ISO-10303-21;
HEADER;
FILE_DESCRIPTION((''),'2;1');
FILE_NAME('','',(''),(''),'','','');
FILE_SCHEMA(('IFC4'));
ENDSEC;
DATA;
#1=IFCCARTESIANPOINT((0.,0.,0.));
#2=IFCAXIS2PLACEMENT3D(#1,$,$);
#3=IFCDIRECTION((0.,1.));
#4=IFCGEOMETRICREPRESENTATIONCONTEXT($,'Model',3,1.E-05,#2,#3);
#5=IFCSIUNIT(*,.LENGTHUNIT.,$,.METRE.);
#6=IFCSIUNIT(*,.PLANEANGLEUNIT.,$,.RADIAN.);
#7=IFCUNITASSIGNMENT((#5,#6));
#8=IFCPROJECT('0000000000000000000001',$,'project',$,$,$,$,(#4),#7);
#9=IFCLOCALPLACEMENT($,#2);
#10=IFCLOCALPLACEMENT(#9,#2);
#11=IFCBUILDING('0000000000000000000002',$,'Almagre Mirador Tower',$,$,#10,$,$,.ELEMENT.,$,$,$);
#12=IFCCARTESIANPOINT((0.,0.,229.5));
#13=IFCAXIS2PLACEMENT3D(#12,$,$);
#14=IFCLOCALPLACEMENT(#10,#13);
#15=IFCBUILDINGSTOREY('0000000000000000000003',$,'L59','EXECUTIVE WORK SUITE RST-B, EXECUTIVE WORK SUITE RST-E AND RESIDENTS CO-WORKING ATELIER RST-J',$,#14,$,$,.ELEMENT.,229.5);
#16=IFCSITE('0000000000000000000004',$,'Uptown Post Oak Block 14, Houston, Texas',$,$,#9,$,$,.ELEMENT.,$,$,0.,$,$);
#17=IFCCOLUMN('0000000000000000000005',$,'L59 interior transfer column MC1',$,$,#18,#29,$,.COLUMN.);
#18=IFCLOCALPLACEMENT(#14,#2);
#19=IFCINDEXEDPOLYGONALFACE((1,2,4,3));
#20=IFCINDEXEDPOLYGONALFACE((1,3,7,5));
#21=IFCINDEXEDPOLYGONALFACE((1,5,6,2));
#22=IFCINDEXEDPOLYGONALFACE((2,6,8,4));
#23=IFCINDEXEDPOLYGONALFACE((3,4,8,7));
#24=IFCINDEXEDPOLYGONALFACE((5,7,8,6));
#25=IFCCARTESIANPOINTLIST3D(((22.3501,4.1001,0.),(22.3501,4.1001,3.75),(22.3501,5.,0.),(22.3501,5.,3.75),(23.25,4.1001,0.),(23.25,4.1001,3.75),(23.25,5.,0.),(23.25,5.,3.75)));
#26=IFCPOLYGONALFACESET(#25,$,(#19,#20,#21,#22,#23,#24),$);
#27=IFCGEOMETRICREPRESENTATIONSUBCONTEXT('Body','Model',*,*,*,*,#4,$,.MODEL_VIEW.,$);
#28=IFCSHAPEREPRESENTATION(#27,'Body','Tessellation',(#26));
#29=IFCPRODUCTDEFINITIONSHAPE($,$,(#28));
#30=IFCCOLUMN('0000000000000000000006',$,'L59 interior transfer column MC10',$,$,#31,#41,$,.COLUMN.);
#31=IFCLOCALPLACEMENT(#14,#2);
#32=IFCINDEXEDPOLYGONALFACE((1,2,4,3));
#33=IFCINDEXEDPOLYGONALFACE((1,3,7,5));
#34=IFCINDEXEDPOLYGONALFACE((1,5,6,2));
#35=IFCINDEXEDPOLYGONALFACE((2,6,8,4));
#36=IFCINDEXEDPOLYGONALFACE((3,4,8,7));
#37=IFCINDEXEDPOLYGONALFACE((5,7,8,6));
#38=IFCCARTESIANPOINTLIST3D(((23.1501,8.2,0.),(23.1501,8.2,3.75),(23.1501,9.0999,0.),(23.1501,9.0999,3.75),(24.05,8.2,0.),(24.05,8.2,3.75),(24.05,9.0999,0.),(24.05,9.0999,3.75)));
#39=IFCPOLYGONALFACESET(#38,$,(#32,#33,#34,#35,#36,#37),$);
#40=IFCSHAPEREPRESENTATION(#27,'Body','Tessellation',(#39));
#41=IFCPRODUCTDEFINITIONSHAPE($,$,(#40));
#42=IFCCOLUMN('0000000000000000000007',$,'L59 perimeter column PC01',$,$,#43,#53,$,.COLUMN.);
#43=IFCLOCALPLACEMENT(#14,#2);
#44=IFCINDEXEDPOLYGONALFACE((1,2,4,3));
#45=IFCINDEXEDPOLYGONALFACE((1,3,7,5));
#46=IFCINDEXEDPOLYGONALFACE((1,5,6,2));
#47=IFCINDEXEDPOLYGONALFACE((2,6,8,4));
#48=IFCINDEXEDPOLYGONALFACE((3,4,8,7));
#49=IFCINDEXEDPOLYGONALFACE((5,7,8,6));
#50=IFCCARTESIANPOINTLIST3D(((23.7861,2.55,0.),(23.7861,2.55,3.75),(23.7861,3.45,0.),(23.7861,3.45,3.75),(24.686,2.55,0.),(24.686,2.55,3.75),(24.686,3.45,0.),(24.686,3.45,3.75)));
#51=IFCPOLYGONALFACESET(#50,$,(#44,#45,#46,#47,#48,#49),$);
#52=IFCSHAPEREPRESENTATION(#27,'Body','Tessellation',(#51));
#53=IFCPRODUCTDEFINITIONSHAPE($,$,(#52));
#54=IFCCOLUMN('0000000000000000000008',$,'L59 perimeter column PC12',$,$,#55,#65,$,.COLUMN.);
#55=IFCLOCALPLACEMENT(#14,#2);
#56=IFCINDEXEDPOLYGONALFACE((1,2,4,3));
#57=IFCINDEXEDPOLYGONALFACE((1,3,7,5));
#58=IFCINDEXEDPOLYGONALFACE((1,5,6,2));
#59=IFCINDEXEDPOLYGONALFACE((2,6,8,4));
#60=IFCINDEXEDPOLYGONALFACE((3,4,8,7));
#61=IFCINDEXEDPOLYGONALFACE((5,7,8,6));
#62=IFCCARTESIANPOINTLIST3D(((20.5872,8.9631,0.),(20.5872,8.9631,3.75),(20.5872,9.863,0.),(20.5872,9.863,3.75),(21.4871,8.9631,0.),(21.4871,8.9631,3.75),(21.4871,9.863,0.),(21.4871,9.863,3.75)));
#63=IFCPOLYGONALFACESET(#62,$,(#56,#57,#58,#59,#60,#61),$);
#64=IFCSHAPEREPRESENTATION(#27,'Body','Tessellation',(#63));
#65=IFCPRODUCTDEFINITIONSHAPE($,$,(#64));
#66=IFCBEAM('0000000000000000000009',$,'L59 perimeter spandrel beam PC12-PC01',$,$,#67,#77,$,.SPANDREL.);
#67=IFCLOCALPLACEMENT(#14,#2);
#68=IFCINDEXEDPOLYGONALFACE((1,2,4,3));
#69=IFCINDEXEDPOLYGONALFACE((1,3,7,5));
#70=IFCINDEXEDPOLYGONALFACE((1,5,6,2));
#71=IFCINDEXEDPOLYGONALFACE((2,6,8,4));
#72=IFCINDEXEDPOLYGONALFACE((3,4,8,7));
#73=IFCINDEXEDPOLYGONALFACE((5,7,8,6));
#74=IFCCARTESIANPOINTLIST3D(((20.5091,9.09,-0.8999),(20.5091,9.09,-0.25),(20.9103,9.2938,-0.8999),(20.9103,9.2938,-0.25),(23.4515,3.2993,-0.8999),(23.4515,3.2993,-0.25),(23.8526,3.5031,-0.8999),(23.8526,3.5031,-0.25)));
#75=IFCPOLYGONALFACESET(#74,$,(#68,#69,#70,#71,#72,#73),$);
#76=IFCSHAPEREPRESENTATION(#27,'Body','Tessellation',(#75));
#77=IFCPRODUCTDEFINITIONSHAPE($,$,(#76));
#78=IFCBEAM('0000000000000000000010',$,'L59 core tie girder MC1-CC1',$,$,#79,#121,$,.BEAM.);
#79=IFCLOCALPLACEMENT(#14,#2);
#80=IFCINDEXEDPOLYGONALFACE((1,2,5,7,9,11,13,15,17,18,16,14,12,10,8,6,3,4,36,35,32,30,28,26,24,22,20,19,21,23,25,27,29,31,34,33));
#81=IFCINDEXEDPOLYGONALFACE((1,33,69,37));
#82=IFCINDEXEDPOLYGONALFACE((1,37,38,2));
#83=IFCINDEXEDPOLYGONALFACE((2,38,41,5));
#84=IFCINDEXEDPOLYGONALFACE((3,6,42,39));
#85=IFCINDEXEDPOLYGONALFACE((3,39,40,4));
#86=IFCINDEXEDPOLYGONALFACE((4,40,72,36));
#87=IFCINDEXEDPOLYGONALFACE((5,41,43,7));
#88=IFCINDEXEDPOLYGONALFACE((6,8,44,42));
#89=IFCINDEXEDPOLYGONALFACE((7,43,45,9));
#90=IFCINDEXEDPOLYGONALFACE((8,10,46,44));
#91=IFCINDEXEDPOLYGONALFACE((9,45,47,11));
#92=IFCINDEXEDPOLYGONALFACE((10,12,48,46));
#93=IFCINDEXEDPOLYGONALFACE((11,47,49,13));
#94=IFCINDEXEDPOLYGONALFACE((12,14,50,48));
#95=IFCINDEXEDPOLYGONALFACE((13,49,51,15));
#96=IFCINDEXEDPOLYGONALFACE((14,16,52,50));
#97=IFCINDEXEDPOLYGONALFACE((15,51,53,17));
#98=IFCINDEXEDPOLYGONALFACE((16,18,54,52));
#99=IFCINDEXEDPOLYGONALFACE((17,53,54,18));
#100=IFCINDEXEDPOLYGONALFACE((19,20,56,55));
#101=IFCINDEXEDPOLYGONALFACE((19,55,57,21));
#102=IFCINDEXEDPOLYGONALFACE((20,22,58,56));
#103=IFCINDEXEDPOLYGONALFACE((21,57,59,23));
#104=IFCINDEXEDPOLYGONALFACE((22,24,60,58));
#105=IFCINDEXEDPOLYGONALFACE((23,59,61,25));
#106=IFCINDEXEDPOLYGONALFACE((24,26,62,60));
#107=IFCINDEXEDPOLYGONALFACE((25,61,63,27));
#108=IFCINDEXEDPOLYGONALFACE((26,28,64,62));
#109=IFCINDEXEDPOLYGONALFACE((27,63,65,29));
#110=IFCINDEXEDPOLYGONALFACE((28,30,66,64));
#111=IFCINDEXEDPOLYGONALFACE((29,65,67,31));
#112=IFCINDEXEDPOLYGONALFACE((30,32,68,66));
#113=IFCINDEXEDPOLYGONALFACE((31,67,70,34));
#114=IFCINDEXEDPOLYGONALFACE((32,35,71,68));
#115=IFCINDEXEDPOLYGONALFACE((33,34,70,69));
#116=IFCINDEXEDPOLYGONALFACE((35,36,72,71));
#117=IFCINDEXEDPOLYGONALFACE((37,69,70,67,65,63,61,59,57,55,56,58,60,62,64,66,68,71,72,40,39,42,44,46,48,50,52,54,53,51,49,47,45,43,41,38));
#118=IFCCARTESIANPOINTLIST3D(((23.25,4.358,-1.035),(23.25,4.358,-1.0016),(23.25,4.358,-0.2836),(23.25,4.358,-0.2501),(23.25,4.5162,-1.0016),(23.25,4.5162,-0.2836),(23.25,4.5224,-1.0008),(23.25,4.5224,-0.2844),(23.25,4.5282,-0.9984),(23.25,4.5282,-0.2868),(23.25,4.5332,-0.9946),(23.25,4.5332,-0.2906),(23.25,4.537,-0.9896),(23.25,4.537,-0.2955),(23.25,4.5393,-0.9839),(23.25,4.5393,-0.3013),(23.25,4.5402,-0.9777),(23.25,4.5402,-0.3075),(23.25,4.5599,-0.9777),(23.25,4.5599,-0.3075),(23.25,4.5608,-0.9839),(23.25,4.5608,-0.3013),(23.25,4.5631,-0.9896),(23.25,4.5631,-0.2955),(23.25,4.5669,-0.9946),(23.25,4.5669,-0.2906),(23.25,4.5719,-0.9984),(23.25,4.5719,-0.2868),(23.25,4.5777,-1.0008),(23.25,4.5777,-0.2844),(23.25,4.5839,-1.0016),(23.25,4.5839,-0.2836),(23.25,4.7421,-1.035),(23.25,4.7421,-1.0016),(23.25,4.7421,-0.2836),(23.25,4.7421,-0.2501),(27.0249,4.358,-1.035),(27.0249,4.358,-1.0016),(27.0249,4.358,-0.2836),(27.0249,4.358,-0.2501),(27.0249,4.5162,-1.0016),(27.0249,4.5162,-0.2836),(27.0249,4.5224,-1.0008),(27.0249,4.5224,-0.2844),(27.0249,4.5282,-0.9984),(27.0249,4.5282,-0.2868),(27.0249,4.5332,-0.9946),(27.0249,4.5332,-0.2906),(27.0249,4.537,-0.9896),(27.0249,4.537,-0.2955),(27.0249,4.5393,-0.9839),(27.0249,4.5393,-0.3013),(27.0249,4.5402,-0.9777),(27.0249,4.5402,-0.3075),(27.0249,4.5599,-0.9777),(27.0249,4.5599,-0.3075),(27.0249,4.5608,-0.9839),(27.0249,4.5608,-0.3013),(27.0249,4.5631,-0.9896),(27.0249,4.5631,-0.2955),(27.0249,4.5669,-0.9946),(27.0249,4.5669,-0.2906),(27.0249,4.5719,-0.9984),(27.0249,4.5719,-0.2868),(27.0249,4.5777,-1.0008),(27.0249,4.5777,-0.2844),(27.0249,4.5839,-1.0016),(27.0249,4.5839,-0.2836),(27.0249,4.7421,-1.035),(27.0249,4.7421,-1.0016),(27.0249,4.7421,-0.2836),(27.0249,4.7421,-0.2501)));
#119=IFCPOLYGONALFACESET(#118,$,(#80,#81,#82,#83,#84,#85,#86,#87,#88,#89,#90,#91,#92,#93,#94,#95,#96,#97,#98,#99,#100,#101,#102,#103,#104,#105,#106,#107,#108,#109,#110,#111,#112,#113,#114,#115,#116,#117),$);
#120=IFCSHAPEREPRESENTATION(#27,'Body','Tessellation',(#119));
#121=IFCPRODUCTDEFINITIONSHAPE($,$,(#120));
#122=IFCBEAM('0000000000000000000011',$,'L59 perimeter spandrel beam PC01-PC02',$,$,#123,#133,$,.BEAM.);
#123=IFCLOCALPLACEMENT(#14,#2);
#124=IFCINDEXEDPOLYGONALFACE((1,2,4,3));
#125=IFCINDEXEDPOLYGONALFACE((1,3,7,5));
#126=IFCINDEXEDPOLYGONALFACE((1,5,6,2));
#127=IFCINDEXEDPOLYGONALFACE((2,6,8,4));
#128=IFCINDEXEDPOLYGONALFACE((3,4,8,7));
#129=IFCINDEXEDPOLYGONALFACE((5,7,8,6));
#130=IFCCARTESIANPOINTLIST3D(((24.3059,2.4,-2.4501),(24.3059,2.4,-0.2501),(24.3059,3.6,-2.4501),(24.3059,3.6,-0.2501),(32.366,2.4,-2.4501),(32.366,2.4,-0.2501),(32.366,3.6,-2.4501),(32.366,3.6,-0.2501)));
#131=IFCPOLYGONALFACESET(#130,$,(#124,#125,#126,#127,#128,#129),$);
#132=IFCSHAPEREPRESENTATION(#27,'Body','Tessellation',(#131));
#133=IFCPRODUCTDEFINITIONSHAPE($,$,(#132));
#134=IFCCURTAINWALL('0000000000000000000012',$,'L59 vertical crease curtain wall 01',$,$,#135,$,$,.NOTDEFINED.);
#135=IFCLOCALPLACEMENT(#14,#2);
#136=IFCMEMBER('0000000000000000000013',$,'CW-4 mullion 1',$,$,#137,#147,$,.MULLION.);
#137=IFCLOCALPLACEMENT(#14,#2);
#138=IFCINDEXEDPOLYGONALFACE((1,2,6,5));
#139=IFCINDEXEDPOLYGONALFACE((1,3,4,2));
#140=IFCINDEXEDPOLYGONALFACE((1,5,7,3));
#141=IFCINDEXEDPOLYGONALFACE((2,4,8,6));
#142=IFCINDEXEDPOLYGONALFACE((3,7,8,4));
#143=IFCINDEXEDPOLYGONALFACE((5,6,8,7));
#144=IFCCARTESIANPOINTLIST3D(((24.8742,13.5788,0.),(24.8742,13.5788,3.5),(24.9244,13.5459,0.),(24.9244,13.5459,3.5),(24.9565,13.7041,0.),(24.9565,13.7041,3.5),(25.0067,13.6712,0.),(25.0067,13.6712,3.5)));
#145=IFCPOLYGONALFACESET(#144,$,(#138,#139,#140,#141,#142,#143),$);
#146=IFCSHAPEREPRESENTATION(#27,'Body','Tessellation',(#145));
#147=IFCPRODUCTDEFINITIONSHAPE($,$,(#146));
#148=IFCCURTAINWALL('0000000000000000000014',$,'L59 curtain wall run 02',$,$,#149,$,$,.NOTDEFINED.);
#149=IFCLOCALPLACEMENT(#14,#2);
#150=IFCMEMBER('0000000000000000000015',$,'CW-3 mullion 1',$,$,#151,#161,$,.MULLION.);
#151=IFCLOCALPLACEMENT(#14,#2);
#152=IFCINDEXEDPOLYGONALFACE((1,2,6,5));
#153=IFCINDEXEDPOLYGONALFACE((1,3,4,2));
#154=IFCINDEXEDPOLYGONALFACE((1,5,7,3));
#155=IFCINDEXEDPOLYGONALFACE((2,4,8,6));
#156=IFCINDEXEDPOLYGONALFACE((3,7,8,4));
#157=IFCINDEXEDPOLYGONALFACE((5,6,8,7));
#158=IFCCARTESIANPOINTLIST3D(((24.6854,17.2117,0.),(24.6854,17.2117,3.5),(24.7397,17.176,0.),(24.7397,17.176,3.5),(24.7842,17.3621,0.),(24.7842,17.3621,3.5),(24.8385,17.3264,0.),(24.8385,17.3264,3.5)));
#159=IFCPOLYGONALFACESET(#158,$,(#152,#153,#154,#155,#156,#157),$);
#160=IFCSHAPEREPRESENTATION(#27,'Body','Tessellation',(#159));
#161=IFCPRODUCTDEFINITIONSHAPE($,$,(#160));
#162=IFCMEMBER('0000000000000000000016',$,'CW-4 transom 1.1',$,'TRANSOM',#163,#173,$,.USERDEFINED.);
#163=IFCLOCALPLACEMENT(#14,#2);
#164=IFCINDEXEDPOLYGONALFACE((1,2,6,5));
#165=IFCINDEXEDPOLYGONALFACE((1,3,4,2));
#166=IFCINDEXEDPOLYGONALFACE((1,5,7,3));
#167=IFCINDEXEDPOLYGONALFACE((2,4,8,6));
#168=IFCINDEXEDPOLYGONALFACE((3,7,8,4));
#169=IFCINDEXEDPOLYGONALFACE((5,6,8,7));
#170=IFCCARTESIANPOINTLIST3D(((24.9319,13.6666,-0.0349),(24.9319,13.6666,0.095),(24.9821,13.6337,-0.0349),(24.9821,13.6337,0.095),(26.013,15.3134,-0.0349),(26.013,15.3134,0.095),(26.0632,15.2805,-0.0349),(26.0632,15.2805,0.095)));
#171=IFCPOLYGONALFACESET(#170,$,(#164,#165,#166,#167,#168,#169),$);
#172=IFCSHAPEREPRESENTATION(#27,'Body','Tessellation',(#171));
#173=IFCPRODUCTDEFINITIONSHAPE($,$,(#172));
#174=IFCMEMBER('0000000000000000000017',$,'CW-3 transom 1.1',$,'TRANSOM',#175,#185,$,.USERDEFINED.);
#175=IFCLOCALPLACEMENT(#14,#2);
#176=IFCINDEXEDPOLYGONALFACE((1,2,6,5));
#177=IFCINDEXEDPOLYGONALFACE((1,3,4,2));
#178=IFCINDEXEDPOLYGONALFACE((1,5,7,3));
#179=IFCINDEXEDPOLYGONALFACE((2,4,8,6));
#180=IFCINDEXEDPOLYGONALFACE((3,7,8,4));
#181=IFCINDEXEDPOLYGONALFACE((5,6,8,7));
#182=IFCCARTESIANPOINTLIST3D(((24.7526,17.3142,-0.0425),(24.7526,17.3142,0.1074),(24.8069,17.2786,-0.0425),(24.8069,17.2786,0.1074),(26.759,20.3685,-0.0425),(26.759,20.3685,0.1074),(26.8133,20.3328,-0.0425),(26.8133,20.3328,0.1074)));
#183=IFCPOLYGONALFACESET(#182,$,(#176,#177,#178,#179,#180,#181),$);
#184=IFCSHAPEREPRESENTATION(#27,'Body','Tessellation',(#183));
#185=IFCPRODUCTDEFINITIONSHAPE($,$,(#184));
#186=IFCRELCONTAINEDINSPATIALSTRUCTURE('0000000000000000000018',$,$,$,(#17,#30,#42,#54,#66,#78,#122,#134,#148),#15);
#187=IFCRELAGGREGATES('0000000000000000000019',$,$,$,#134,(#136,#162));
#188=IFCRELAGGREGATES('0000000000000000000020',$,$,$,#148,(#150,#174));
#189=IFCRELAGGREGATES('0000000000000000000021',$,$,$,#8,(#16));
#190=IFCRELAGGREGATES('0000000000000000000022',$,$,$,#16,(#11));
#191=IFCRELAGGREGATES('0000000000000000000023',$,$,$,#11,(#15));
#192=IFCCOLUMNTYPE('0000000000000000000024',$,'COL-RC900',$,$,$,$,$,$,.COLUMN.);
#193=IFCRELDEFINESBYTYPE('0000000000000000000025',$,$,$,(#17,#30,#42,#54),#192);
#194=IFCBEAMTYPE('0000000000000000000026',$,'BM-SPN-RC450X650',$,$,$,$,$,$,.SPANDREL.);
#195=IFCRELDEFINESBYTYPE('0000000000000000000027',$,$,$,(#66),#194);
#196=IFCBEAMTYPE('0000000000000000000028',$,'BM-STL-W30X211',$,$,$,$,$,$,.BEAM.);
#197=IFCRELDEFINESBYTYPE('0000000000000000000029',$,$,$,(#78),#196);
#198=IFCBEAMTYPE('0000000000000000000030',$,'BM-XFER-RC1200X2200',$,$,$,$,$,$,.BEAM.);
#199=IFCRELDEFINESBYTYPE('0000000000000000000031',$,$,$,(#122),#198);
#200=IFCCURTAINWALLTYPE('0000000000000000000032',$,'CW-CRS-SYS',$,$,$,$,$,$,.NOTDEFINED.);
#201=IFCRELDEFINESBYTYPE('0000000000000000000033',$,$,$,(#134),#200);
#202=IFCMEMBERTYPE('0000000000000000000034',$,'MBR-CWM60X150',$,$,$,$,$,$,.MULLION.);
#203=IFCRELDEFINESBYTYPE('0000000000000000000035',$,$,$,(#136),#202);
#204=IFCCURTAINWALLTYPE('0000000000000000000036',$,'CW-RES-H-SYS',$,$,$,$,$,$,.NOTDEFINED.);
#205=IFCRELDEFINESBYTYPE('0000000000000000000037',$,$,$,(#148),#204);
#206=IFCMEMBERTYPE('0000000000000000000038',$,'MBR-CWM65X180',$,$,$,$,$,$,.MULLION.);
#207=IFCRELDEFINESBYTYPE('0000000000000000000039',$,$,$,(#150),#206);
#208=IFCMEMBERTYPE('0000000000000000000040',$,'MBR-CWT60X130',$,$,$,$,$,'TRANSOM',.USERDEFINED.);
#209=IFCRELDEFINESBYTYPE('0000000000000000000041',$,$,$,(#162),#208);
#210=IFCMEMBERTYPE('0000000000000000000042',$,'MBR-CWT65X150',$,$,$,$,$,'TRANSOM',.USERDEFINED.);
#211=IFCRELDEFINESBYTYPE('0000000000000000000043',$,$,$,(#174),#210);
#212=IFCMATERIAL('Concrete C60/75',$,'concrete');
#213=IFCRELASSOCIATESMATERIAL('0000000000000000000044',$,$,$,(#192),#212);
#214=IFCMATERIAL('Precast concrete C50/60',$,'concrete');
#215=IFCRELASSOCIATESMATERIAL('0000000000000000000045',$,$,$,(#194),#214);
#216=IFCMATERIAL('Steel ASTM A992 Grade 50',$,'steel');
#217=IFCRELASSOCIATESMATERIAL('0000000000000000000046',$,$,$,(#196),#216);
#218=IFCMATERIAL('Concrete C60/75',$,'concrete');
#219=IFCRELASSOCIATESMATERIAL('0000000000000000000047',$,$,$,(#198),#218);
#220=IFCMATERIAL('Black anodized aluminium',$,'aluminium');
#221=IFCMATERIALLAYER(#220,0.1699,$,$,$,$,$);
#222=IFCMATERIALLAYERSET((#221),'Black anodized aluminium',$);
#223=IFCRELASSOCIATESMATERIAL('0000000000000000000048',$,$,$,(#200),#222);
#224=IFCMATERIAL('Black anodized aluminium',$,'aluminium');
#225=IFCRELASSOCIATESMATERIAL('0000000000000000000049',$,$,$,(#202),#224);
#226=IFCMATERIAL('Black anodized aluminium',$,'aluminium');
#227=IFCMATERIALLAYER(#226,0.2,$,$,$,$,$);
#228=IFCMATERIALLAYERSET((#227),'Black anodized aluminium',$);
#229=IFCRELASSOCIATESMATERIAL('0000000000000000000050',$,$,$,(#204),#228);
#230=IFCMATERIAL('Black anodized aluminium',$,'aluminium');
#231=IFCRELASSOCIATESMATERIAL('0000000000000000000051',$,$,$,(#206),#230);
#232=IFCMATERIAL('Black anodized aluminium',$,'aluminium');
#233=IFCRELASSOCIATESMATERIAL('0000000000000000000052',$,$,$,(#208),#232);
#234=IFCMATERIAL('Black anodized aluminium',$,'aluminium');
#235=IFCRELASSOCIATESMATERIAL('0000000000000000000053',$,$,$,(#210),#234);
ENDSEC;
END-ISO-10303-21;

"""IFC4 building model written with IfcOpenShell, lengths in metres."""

from ifc_helpers import new_model, si_unit, direction, frame, origin, origin_2d, place, context, subcontext, project, spatial, rectangle, i_section, extrude, material, layer, layer_set, material_profile, profile_set, type_object, element, aggregate, save


model = new_model("IFC4")

# Units and contexts
model_context = context("Model", 3, precision=1e-05, world=origin(), true_north=direction((0.0, 1.0)))
body_context = subcontext(model_context, "Body", "Model", "MODEL_VIEW")
ifc_project = project(units=[si_unit("LENGTHUNIT", "METRE"), si_unit("PLANEANGLEUNIT", "RADIAN")], contexts=[model_context])

# Site, building, storey
site_placement = place(None, origin())
site = spatial("IfcSite", under=ifc_project, at=site_placement, Name="Uptown Post Oak Block 14, Houston, Texas", CompositionType="ELEMENT", RefElevation=0.0)
building_placement = place(site_placement, origin())
building = spatial("IfcBuilding", under=site, at=building_placement, Name="Almagre Mirador Tower", CompositionType="ELEMENT")
storey_placement = place(building_placement, frame((0.0, 0.0, 229.5)))
storey = spatial("IfcBuildingStorey", under=building, at=storey_placement, Name="L59", Description="EXECUTIVE WORK SUITE RST-B, EXECUTIVE WORK SUITE RST-E AND RESIDENTS CO-WORKING ATELIER RST-J", CompositionType="ELEMENT", Elevation=229.5)

# Columns
ifc_material_1 = material(Name="Concrete C60/75", Category="concrete")
ifc_material_profile_1 = material_profile(ifc_material_1, rectangle(XDim=0.8999, YDim=0.8999, at=origin_2d()), Name="RC900X900")
ifc_profile_set_1 = profile_set([ifc_material_profile_1], Name="Concrete C60/75")
column_type = type_object("IfcColumnType", Name="COL-RC900", PredefinedType="COLUMN", material=ifc_profile_set_1)
for number, where, z_axis, x_axis, name in (
    (1, (22.8, 4.55, 0.0), (0.0, 0.0, 1.0), (1.0, 0.0, 0.0), "L59 interior transfer column MC1"),
    (2, (23.6001, 8.6499, 0.0), (0.0, 0.0, 1.0), (1.0, 0.0, 0.0), "L59 interior transfer column MC10"),
    (3, (24.2361, 3.0, 0.0), (0.0, 0.0, 1.0), (1.0, 0.0, 0.0), "L59 perimeter column PC01"),
    (4, (21.0371, 9.4131, 0.0), (0.0, 0.0, 1.0), (1.0, 0.0, 0.0), "L59 perimeter column PC12"),
):
    element("IfcColumn", number, at=place(storey_placement, frame(where, z_axis=z_axis, x_axis=x_axis)), inside=storey, type_object=column_type, Name=name, PredefinedType="COLUMN", context=body_context, shape_type="SweptSolid", body=[
        extrude(rectangle(XDim=0.8999, YDim=0.8999, at=origin_2d()), origin(), (0.0, 0.0, 1.0), 3.75),
    ])

# Beams
ifc_material_2 = material(Name="Precast concrete C50/60", Category="concrete")
ifc_material_profile_2 = material_profile(ifc_material_2, rectangle(XDim=0.45, YDim=0.6499, at=origin_2d()), Name="RC450X650")
ifc_profile_set_2 = profile_set([ifc_material_profile_2], Name="Precast concrete C50/60")
beam_type_1 = type_object("IfcBeamType", Name="BM-SPN-RC450X650", PredefinedType="SPANDREL", material=ifc_profile_set_2)
beam_1_placement = place(storey_placement, frame((20.7097, 9.1919, -0.575), z_axis=(0.452993, -0.891514, 0.0), x_axis=(0.891514, 0.452993, 0.0)))
element("IfcBeam", 5, at=beam_1_placement, inside=storey, type_object=beam_type_1, Name="L59 perimeter spandrel beam PC12-PC01", PredefinedType="SPANDREL", context=body_context, shape_type="SweptSolid", body=[
    extrude(rectangle(XDim=0.45, YDim=0.6499, at=origin_2d()), origin(), (0.0, 0.0, 1.0), 6.4954),
])
ifc_material_3 = material(Name="Steel ASTM A992 Grade 50", Category="steel")
ifc_material_profile_3 = material_profile(ifc_material_3, i_section(OverallWidth=0.384, OverallDepth=0.7849, WebThickness=0.0198, FlangeThickness=0.0334, FilletRadius=0.0239, at=origin_2d()), Name="W30X211")
ifc_profile_set_3 = profile_set([ifc_material_profile_3], Name="Steel ASTM A992 Grade 50")
beam_type_2 = type_object("IfcBeamType", Name="BM-STL-W30X211", PredefinedType="BEAM", material=ifc_profile_set_3)
beam_2_placement = place(storey_placement, frame((23.25, 4.55, -0.6426), z_axis=(1.0, 0.0, 0.0), x_axis=(0.0, 1.0, 0.0)))
element("IfcBeam", 6, at=beam_2_placement, inside=storey, type_object=beam_type_2, Name="L59 core tie girder MC1-CC1", PredefinedType="BEAM", context=body_context, shape_type="SweptSolid", body=[
    extrude(i_section(OverallWidth=0.384, OverallDepth=0.7849, WebThickness=0.0198, FlangeThickness=0.0334, FilletRadius=0.0239, at=origin_2d()), origin(), (0.0, 0.0, 1.0), 3.7749),
])
ifc_material_4 = material(Name="Concrete C60/75", Category="concrete")
ifc_material_profile_4 = material_profile(ifc_material_4, rectangle(XDim=1.2, YDim=2.2, at=origin_2d()), Name="RC1200X2200")
ifc_profile_set_4 = profile_set([ifc_material_profile_4], Name="Concrete C60/75")
beam_type_3 = type_object("IfcBeamType", Name="BM-XFER-RC1200X2200", PredefinedType="BEAM", material=ifc_profile_set_4)
beam_3_placement = place(storey_placement, frame((24.3059, 3.0, -1.3501), z_axis=(1.0, 0.0, 0.0), x_axis=(0.0, 1.0, 0.0)))
element("IfcBeam", 7, at=beam_3_placement, inside=storey, type_object=beam_type_3, Name="L59 perimeter spandrel beam PC01-PC02", PredefinedType="BEAM", context=body_context, shape_type="SweptSolid", body=[
    extrude(rectangle(XDim=1.2, YDim=2.2, at=origin_2d()), origin(), (0.0, 0.0, 1.0), 8.0601),
])

# Curtain walls, members
ifc_material_5 = material(Name="Black anodized aluminium", Category="aluminium")
ifc_layer_1 = layer(ifc_material_5, 0.1699)
ifc_layer_set_1 = layer_set([ifc_layer_1], Name="Black anodized aluminium")
curtain_wall_type_1 = type_object("IfcCurtainWallType", Name="CW-CRS-SYS", PredefinedType="NOTDEFINED", material=ifc_layer_set_1)
curtain_wall_1_placement = place(storey_placement, origin())
curtain_wall_1 = element("IfcCurtainWall", 8, at=curtain_wall_1_placement, inside=storey, type_object=curtain_wall_type_1, Name="L59 vertical crease curtain wall 01", PredefinedType="NOTDEFINED")
ifc_material_6 = material(Name="Black anodized aluminium", Category="aluminium")
ifc_material_profile_5 = material_profile(ifc_material_6, rectangle(XDim=0.0601, YDim=0.1499, at=origin_2d()), Name="CWM60X150")
ifc_profile_set_5 = profile_set([ifc_material_profile_5], Name="Black anodized aluminium")
member_type_1 = type_object("IfcMemberType", Name="MBR-CWM60X150", PredefinedType="MULLION", material=ifc_profile_set_5)
member_1_placement = place(storey_placement, frame((24.9404, 13.625, 0.0), z_axis=(0.0, 0.0, 1.0), x_axis=(-0.835931, 0.548834, 0.0)))
member_1 = element("IfcMember", 9, at=member_1_placement, type_object=member_type_1, Name="CW-4 mullion 1", PredefinedType="MULLION", context=body_context, shape_type="SweptSolid", body=[
    extrude(rectangle(XDim=0.0601, YDim=0.1499, at=origin_2d()), origin(), (0.0, 0.0, 1.0), 3.5),
])
ifc_material_7 = material(Name="Black anodized aluminium", Category="aluminium")
ifc_layer_2 = layer(ifc_material_7, 0.2)
ifc_layer_set_2 = layer_set([ifc_layer_2], Name="Black anodized aluminium")
curtain_wall_type_2 = type_object("IfcCurtainWallType", Name="CW-RES-H-SYS", PredefinedType="NOTDEFINED", material=ifc_layer_set_2)
curtain_wall_2_placement = place(storey_placement, origin())
curtain_wall_2 = element("IfcCurtainWall", 10, at=curtain_wall_2_placement, inside=storey, type_object=curtain_wall_type_2, Name="L59 curtain wall run 02", PredefinedType="NOTDEFINED")
ifc_material_8 = material(Name="Black anodized aluminium", Category="aluminium")
ifc_material_profile_6 = material_profile(ifc_material_8, rectangle(XDim=0.0649, YDim=0.1799, at=origin_2d()), Name="CWM65X180")
ifc_profile_set_6 = profile_set([ifc_material_profile_6], Name="Black anodized aluminium")
member_type_2 = type_object("IfcMemberType", Name="MBR-CWM65X180", PredefinedType="MULLION", material=ifc_profile_set_6)
member_2_placement = place(storey_placement, frame((24.762, 17.269, 0.0), z_axis=(0.0, 0.0, 1.0), x_axis=(-0.835791, 0.549047, 0.0)))
member_2 = element("IfcMember", 11, at=member_2_placement, type_object=member_type_2, Name="CW-3 mullion 1", PredefinedType="MULLION", context=body_context, shape_type="SweptSolid", body=[
    extrude(rectangle(XDim=0.0649, YDim=0.1799, at=origin_2d()), origin(), (0.0, 0.0, 1.0), 3.5),
])

# Members
ifc_material_9 = material(Name="Black anodized aluminium", Category="aluminium")
ifc_material_profile_7 = material_profile(ifc_material_9, rectangle(XDim=0.0601, YDim=0.1299, at=origin_2d()), Name="CWT60X130")
ifc_profile_set_7 = profile_set([ifc_material_profile_7], Name="Black anodized aluminium")
member_type_3 = type_object("IfcMemberType", Name="MBR-CWT60X130", ElementType="TRANSOM", PredefinedType="USERDEFINED", material=ifc_profile_set_7)
member_3_placement = place(storey_placement, frame((24.957, 13.6501, 0.03), z_axis=(0.548794, 0.835957, 0.0), x_axis=(-0.835957, 0.548794, 0.0)))
member_3 = element("IfcMember", 12, at=member_3_placement, type_object=member_type_3, Name="CW-4 transom 1.1", ObjectType="TRANSOM", PredefinedType="USERDEFINED", context=body_context, shape_type="SweptSolid", body=[
    extrude(rectangle(XDim=0.0601, YDim=0.1299, at=origin_2d()), origin(), (0.0, 0.0, 1.0), 1.97),
])
aggregate(curtain_wall_1, [member_1, member_3])
ifc_material_10 = material(Name="Black anodized aluminium", Category="aluminium")
ifc_material_profile_8 = material_profile(ifc_material_10, rectangle(XDim=0.0649, YDim=0.1499, at=origin_2d()), Name="CWT65X150")
ifc_profile_set_8 = profile_set([ifc_material_profile_8], Name="Black anodized aluminium")
member_type_4 = type_object("IfcMemberType", Name="MBR-CWT65X150", ElementType="TRANSOM", PredefinedType="USERDEFINED", material=ifc_profile_set_8)
member_4_placement = place(storey_placement, frame((24.7798, 17.2964, 0.0325), z_axis=(0.549045, 0.835793, 0.0), x_axis=(-0.835793, 0.549045, 0.0)))
member_4 = element("IfcMember", 13, at=member_4_placement, type_object=member_type_4, Name="CW-3 transom 1.1", ObjectType="TRANSOM", PredefinedType="USERDEFINED", context=body_context, shape_type="SweptSolid", body=[
    extrude(rectangle(XDim=0.0649, YDim=0.1499, at=origin_2d()), origin(), (0.0, 0.0, 1.0), 3.6543),
])
aggregate(curtain_wall_2, [member_2, member_4])

save(model, "model.ifc")
